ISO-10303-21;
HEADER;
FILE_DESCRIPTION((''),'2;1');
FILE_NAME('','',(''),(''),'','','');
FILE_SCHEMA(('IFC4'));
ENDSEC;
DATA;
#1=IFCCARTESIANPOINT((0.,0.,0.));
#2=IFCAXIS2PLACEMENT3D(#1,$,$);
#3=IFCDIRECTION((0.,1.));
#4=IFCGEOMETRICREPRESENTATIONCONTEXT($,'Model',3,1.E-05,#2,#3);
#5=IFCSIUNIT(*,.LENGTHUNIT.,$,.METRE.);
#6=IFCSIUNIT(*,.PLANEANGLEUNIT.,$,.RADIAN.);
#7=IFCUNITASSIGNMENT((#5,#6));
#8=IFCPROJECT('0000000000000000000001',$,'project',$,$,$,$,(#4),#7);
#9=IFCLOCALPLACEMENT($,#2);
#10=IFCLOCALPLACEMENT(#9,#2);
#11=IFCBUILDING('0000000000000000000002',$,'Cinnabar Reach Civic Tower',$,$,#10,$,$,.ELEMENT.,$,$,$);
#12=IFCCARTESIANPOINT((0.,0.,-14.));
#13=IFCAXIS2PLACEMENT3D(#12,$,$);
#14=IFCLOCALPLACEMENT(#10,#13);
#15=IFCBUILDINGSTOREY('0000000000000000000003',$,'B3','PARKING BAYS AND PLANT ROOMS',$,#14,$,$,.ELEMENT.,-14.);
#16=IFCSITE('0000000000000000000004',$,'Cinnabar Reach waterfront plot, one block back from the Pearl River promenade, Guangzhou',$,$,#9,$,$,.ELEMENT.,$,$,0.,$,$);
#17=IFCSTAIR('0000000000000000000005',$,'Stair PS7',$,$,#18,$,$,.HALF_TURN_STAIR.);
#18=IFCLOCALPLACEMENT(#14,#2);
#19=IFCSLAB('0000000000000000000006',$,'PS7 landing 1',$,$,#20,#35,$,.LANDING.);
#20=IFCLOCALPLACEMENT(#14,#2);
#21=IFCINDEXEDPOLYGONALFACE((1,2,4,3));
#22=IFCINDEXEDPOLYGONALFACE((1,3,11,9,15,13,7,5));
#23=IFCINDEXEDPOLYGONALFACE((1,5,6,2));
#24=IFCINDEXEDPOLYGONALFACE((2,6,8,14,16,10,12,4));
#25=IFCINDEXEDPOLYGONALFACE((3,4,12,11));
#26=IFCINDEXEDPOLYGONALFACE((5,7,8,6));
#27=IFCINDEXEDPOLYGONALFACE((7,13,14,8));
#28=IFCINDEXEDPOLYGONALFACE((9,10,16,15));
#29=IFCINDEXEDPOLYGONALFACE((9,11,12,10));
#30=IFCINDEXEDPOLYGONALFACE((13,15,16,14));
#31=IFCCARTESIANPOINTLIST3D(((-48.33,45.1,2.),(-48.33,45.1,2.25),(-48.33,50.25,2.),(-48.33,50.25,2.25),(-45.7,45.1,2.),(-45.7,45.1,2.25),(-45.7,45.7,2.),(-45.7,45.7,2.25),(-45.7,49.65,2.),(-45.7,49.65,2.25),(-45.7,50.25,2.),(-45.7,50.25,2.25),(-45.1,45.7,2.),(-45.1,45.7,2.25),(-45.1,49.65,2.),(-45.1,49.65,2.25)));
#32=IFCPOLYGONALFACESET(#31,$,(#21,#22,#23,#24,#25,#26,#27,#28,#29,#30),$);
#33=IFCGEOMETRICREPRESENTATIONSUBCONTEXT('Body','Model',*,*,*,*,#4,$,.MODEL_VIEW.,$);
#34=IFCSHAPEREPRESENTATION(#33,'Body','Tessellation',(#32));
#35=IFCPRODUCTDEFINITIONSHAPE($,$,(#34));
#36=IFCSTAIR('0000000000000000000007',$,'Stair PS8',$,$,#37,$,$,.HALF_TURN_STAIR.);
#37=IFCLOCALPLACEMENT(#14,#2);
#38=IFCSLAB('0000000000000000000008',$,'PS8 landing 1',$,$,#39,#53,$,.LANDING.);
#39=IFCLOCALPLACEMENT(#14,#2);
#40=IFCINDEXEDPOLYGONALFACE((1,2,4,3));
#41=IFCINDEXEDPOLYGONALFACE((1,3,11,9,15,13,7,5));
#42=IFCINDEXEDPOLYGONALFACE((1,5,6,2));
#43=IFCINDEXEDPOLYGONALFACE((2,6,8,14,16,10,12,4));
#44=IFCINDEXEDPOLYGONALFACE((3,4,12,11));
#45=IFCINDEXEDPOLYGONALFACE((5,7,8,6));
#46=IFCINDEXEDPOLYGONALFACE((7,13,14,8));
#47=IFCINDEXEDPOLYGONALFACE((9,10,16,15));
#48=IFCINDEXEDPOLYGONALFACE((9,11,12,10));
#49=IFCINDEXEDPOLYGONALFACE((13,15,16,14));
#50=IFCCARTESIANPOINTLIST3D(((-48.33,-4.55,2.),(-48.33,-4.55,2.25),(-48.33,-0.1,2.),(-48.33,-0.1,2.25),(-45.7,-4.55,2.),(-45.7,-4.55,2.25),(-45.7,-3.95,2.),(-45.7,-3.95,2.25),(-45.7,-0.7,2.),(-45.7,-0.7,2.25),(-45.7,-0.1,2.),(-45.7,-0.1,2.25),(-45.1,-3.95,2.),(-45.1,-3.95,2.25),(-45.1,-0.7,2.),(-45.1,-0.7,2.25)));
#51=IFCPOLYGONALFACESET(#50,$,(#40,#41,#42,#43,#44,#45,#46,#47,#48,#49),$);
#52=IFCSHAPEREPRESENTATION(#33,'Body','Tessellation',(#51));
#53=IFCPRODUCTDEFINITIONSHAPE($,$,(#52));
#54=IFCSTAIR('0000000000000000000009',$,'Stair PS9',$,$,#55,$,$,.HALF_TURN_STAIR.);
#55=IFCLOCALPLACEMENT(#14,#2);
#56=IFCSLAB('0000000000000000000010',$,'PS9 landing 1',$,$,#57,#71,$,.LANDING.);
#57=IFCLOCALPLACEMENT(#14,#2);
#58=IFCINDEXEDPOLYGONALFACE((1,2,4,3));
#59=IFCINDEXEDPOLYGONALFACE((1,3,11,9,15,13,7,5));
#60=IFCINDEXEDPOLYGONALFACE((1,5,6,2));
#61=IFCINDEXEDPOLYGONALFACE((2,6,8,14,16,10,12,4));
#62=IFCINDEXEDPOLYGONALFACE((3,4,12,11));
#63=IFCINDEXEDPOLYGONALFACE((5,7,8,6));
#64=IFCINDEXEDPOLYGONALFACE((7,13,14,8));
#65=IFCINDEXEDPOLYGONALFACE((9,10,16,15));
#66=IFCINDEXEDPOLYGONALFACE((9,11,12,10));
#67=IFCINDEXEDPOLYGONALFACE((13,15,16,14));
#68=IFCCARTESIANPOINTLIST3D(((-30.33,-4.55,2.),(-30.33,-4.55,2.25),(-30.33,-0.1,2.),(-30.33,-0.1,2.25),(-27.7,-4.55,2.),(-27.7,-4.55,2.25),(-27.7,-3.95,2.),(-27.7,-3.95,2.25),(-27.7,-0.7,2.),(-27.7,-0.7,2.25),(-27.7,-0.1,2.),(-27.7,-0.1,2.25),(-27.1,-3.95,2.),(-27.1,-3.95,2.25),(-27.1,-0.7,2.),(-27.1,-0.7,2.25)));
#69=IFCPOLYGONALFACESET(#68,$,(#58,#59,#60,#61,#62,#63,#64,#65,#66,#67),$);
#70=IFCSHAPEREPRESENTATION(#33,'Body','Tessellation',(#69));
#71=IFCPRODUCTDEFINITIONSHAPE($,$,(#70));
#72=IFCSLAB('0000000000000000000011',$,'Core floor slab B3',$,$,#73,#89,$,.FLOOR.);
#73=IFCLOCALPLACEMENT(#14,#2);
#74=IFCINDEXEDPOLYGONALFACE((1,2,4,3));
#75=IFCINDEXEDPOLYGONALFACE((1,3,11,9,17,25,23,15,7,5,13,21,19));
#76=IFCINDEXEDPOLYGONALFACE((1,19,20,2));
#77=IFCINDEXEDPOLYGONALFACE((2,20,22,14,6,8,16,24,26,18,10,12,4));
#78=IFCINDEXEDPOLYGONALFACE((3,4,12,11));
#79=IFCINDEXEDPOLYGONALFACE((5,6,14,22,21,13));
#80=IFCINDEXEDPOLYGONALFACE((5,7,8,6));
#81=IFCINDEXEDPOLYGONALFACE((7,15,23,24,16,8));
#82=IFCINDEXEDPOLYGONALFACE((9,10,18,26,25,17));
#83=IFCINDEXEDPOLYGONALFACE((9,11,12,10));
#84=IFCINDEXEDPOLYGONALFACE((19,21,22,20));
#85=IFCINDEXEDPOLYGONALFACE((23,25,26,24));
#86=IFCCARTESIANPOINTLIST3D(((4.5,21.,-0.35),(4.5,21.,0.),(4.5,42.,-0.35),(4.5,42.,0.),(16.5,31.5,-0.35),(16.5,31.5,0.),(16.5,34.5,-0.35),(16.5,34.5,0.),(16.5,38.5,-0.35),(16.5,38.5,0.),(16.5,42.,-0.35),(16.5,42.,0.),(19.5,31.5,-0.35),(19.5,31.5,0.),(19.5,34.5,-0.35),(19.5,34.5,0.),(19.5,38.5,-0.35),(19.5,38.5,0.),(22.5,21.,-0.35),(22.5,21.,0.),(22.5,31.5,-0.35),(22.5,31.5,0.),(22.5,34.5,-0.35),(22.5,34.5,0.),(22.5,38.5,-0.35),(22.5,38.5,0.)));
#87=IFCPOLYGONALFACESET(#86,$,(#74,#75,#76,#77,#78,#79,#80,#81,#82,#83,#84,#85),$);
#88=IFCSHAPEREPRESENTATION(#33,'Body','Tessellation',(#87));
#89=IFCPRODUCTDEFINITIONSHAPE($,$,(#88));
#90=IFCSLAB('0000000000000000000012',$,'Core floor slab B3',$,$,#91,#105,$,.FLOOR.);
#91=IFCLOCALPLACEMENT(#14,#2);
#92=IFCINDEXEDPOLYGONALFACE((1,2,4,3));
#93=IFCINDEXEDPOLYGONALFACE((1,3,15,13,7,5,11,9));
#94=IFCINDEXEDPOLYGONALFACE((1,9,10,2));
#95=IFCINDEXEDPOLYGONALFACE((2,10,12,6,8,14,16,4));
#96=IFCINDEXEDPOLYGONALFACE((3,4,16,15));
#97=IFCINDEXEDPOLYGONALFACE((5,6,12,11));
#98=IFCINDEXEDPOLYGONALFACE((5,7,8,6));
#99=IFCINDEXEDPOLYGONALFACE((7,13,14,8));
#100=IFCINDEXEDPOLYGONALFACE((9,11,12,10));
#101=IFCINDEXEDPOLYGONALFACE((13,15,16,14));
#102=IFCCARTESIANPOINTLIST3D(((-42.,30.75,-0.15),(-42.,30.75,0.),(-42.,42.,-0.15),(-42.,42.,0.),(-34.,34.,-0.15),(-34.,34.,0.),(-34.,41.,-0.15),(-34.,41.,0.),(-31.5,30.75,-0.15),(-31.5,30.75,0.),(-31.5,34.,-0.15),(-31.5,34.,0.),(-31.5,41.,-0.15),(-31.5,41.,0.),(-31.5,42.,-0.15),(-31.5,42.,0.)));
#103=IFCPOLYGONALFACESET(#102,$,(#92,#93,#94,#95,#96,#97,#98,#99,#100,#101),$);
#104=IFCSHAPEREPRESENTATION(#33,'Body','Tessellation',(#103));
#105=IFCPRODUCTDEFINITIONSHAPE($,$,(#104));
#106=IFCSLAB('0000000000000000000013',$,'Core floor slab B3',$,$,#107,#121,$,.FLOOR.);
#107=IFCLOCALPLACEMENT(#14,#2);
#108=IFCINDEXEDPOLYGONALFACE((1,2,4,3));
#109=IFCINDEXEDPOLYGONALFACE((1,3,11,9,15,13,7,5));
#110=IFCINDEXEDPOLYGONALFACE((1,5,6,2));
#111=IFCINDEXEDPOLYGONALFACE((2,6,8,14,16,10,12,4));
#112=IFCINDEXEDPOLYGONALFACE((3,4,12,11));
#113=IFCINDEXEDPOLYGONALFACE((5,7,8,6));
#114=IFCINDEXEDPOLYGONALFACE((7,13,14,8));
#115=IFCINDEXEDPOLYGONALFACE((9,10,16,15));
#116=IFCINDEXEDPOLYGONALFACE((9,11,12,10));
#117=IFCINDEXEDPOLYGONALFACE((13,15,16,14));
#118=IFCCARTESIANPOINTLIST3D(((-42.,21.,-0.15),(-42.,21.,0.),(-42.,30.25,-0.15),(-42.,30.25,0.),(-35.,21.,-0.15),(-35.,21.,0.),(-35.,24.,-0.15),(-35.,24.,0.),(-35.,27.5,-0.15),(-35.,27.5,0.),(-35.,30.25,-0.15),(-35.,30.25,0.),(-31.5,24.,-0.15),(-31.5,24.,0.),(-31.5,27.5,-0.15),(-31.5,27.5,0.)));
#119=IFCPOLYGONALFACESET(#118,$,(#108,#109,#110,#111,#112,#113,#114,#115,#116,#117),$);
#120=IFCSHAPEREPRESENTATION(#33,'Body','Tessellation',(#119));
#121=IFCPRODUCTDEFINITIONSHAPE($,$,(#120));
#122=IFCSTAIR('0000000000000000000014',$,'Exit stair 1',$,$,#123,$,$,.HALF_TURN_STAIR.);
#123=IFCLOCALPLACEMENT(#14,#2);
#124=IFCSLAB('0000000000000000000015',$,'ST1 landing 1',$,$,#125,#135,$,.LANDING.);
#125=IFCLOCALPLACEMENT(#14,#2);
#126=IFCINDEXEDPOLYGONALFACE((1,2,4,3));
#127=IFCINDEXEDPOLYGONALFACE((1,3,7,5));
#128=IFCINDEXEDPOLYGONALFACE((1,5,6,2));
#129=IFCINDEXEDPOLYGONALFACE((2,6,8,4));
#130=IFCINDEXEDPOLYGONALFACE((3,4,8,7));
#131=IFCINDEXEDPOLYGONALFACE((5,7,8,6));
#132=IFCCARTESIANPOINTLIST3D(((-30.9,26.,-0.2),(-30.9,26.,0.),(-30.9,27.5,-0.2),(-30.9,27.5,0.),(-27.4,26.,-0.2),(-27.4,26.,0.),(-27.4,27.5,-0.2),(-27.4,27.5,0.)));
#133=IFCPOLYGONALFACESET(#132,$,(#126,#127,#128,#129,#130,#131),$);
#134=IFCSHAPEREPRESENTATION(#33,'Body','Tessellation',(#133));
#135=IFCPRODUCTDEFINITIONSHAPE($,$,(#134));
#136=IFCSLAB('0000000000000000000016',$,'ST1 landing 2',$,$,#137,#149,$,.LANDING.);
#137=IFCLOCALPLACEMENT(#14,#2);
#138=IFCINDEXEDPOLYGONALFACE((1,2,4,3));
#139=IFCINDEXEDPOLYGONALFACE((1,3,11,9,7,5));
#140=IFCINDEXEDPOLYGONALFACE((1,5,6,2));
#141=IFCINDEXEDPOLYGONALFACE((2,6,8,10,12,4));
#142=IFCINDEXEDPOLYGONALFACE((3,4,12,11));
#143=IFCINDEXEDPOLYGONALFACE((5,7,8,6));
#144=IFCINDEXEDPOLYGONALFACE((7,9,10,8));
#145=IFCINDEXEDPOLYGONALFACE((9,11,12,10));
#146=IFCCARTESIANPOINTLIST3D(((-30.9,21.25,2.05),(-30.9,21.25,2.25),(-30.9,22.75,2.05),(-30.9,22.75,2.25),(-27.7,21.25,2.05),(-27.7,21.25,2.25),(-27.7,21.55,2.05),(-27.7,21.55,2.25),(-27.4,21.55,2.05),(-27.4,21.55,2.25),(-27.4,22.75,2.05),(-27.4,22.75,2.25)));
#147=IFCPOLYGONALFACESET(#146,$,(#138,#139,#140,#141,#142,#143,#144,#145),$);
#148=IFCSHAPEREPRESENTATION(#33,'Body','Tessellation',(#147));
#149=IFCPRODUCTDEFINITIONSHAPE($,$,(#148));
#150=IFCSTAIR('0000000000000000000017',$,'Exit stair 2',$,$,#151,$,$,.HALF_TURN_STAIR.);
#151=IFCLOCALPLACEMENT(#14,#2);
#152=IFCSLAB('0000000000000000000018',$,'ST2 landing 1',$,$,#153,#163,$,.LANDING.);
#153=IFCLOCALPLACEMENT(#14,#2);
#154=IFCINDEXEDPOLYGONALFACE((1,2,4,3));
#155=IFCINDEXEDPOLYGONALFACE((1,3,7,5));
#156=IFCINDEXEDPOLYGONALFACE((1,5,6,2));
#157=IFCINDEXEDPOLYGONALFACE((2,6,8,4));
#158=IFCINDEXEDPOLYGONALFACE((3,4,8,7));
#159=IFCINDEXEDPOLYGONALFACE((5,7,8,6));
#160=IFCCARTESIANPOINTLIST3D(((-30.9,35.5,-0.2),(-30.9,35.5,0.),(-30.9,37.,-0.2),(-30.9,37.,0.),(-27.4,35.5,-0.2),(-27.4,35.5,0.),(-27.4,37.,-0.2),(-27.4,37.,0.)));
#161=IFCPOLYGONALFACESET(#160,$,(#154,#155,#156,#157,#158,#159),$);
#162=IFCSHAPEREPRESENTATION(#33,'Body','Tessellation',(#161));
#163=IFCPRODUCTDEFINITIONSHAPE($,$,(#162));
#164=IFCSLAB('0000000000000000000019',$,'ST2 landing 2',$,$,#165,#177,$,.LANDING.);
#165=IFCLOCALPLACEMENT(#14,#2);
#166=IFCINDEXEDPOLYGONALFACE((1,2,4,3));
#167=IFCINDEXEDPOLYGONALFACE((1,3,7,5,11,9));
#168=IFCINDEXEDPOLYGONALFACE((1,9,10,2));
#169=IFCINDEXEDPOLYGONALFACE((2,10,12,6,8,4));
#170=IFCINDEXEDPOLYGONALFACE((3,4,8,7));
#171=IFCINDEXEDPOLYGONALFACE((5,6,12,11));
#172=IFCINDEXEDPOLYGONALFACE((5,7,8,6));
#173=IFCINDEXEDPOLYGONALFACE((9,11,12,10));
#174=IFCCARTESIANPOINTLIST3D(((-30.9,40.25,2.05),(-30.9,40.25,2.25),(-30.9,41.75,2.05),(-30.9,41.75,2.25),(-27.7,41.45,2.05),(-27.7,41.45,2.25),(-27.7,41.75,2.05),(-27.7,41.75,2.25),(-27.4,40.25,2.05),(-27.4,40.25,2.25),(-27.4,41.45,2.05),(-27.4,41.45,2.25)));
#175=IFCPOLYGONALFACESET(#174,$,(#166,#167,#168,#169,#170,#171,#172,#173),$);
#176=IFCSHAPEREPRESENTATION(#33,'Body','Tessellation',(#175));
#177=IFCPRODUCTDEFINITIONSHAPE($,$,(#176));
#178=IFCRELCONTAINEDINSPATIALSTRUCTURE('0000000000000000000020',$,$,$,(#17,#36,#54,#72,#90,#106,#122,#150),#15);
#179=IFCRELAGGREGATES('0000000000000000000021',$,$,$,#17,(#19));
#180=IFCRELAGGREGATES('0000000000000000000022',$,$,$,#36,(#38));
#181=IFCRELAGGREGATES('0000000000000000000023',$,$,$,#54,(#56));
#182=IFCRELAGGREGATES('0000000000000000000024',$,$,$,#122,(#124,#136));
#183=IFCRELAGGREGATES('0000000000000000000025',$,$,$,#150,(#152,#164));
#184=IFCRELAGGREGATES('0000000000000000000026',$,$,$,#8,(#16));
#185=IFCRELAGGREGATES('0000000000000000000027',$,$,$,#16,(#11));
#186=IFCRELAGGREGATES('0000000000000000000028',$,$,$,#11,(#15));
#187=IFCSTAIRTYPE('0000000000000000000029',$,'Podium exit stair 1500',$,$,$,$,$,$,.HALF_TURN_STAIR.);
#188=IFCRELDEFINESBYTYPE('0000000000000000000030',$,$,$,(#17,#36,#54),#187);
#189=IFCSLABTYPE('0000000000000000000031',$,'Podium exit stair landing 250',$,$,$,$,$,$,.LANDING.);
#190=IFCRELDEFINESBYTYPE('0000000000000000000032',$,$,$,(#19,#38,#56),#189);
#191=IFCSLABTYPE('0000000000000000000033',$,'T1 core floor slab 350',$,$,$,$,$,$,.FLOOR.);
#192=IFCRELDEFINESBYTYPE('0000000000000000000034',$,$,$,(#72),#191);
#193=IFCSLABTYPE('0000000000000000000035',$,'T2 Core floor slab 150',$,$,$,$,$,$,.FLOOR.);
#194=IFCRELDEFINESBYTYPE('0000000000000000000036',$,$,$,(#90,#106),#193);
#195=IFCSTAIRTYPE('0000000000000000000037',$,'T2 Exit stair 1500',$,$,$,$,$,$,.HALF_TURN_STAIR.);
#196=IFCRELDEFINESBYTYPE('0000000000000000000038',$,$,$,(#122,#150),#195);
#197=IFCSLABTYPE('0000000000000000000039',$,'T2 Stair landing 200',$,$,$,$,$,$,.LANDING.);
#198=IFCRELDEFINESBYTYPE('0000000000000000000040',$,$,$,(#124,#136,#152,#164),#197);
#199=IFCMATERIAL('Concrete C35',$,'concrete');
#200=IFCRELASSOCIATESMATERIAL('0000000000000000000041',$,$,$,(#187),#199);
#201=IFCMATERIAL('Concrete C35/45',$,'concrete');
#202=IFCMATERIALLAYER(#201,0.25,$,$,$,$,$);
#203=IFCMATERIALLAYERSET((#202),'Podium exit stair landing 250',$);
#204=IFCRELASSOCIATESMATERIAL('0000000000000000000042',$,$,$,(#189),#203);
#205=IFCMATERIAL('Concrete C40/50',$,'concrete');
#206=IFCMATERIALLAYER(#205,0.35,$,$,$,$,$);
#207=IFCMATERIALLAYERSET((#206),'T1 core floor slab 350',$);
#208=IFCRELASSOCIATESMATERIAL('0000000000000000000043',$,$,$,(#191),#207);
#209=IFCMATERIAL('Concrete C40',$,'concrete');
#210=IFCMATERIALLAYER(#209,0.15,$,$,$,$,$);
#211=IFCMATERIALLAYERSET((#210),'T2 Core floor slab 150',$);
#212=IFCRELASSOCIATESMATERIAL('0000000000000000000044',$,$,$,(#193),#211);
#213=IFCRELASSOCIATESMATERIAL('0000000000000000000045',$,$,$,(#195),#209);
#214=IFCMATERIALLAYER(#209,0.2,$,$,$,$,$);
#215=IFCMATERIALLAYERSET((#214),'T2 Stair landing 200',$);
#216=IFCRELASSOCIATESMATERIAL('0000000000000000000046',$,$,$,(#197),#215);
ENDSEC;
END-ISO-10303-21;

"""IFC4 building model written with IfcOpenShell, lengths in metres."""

from ifc_helpers import new_model, si_unit, direction, frame, origin, place, context, subcontext, project, spatial, polyline, outline, extrude, material, layer, layer_set, type_object, element, aggregate, save


model = new_model("IFC4")

# Units and contexts
model_context = context("Model", 3, precision=1e-05, world=origin(), true_north=direction((0.0, 1.0)))
body_context = subcontext(model_context, "Body", "Model", "MODEL_VIEW")
ifc_project = project(units=[si_unit("LENGTHUNIT", "METRE"), si_unit("PLANEANGLEUNIT", "RADIAN")], contexts=[model_context])

# Site, building, storey
site_placement = place(None, origin())
site = spatial("IfcSite", under=ifc_project, at=site_placement, Name="Cinnabar Reach waterfront plot, one block back from the Pearl River promenade, Guangzhou", CompositionType="ELEMENT", RefElevation=0.0)
building_placement = place(site_placement, origin())
building = spatial("IfcBuilding", under=site, at=building_placement, Name="Cinnabar Reach Civic Tower", CompositionType="ELEMENT")
storey_placement = place(building_placement, frame((0.0, 0.0, -14.0)))
storey = spatial("IfcBuildingStorey", under=building, at=storey_placement, Name="B3", Description="PARKING BAYS AND PLANT ROOMS", CompositionType="ELEMENT", Elevation=-14.0)

# Shared definitions
ifc_material_1 = material(Name="Concrete C40", Category="concrete")

# Stairs, slabs
ifc_material_2 = material(Name="Concrete C35", Category="concrete")
stair_type_1 = type_object("IfcStairType", Name="Podium exit stair 1500", PredefinedType="HALF_TURN_STAIR", material=ifc_material_2)
ifc_material_3 = material(Name="Concrete C35/45", Category="concrete")
ifc_layer_1 = layer(ifc_material_3, 0.25)
ifc_layer_set_1 = layer_set([ifc_layer_1], Name="Podium exit stair landing 250")
slab_type_1 = type_object("IfcSlabType", Name="Podium exit stair landing 250", PredefinedType="LANDING", material=ifc_layer_set_1)
stair_1_placement = place(storey_placement, origin())
stair_1 = element("IfcStair", 1, at=stair_1_placement, inside=storey, type_object=stair_type_1, Name="Stair PS7", PredefinedType="HALF_TURN_STAIR")
slab_1_placement = place(storey_placement, frame((0.0, 0.0, 2.0)))
slab_1 = element("IfcSlab", 2, at=slab_1_placement, type_object=slab_type_1, Name="PS7 landing 1", PredefinedType="LANDING", context=body_context, shape_type="SweptSolid", body=[
    extrude(outline(polyline([(-45.1, 45.7), (-45.7, 45.7), (-45.7, 45.1), (-48.33, 45.1), (-48.33, 50.25), (-45.7, 50.25), (-45.7, 49.65), (-45.1, 49.65), (-45.1, 45.7)])), origin(), (0.0, 0.0, 1.0), 0.25),
])
aggregate(stair_1, [slab_1])
stair_2_placement = place(storey_placement, origin())
stair_2 = element("IfcStair", 3, at=stair_2_placement, inside=storey, type_object=stair_type_1, Name="Stair PS8", PredefinedType="HALF_TURN_STAIR")
slab_2_placement = place(storey_placement, frame((0.0, 0.0, 2.0)))
slab_2 = element("IfcSlab", 4, at=slab_2_placement, type_object=slab_type_1, Name="PS8 landing 1", PredefinedType="LANDING", context=body_context, shape_type="SweptSolid", body=[
    extrude(outline(polyline([(-45.1, -3.95), (-45.7, -3.95), (-45.7, -4.55), (-48.33, -4.55), (-48.33, -0.1), (-45.7, -0.1), (-45.7, -0.7), (-45.1, -0.7), (-45.1, -3.95)])), origin(), (0.0, 0.0, 1.0), 0.25),
])
aggregate(stair_2, [slab_2])
stair_3_placement = place(storey_placement, origin())
stair_3 = element("IfcStair", 5, at=stair_3_placement, inside=storey, type_object=stair_type_1, Name="Stair PS9", PredefinedType="HALF_TURN_STAIR")
slab_3_placement = place(storey_placement, frame((0.0, 0.0, 2.0)))
slab_3 = element("IfcSlab", 6, at=slab_3_placement, type_object=slab_type_1, Name="PS9 landing 1", PredefinedType="LANDING", context=body_context, shape_type="SweptSolid", body=[
    extrude(outline(polyline([(-27.1, -3.95), (-27.7, -3.95), (-27.7, -4.55), (-30.33, -4.55), (-30.33, -0.1), (-27.7, -0.1), (-27.7, -0.7), (-27.1, -0.7), (-27.1, -3.95)])), origin(), (0.0, 0.0, 1.0), 0.25),
])
aggregate(stair_3, [slab_3])

# Slabs
ifc_material_4 = material(Name="Concrete C40/50", Category="concrete")
ifc_layer_2 = layer(ifc_material_4, 0.35)
ifc_layer_set_2 = layer_set([ifc_layer_2], Name="T1 core floor slab 350")
slab_type_2 = type_object("IfcSlabType", Name="T1 core floor slab 350", PredefinedType="FLOOR", material=ifc_layer_set_2)
slab_4_placement = place(storey_placement, frame((0.0, 0.0, -0.35)))
element("IfcSlab", 7, at=slab_4_placement, inside=storey, type_object=slab_type_2, Name="Core floor slab B3", PredefinedType="FLOOR", context=body_context, shape_type="SweptSolid", body=[
    extrude(outline(polyline([(22.5, 21.0), (4.5, 21.0), (4.5, 42.0), (16.5, 42.0), (16.5, 38.5), (19.5, 38.5), (22.5, 38.5), (22.5, 34.5), (19.5, 34.5), (16.5, 34.5), (16.5, 31.5), (19.5, 31.5), (22.5, 31.5), (22.5, 21.0)])), origin(), (0.0, 0.0, 1.0), 0.35),
])
ifc_layer_3 = layer(ifc_material_1, 0.15)
ifc_layer_set_3 = layer_set([ifc_layer_3], Name="T2 Core floor slab 150")
slab_type_3 = type_object("IfcSlabType", Name="T2 Core floor slab 150", PredefinedType="FLOOR", material=ifc_layer_set_3)
slab_5_placement = place(storey_placement, frame((0.0, 0.0, -0.15)))
element("IfcSlab", 8, at=slab_5_placement, inside=storey, type_object=slab_type_3, Name="Core floor slab B3", PredefinedType="FLOOR", context=body_context, shape_type="SweptSolid", body=[
    extrude(outline(polyline([(-42.0, 42.0), (-31.5, 42.0), (-31.5, 41.0), (-34.0, 41.0), (-34.0, 34.0), (-31.5, 34.0), (-31.5, 30.75), (-42.0, 30.75), (-42.0, 42.0)])), origin(), (0.0, 0.0, 1.0), 0.15),
])
slab_6_placement = place(storey_placement, frame((0.0, 0.0, -0.15)))
element("IfcSlab", 9, at=slab_6_placement, inside=storey, type_object=slab_type_3, Name="Core floor slab B3", PredefinedType="FLOOR", context=body_context, shape_type="SweptSolid", body=[
    extrude(outline(polyline([(-35.0, 24.0), (-35.0, 21.0), (-42.0, 21.0), (-42.0, 30.25), (-35.0, 30.25), (-35.0, 27.5), (-31.5, 27.5), (-31.5, 24.0), (-35.0, 24.0)])), origin(), (0.0, 0.0, 1.0), 0.15),
])

# Stairs, slabs
stair_type_2 = type_object("IfcStairType", Name="T2 Exit stair 1500", PredefinedType="HALF_TURN_STAIR", material=ifc_material_1)
stair_4_placement = place(storey_placement, origin())
stair_4 = element("IfcStair", 10, at=stair_4_placement, inside=storey, type_object=stair_type_2, Name="Exit stair 1", PredefinedType="HALF_TURN_STAIR")
ifc_layer_4 = layer(ifc_material_1, 0.2)
ifc_layer_set_4 = layer_set([ifc_layer_4], Name="T2 Stair landing 200")
slab_type_4 = type_object("IfcSlabType", Name="T2 Stair landing 200", PredefinedType="LANDING", material=ifc_layer_set_4)
slab_7_placement = place(storey_placement, frame((0.0, 0.0, -0.2)))
slab_7 = element("IfcSlab", 11, at=slab_7_placement, type_object=slab_type_4, Name="ST1 landing 1", PredefinedType="LANDING", context=body_context, shape_type="SweptSolid", body=[
    extrude(outline(polyline([(-30.9, 26.0), (-30.9, 27.5), (-27.4, 27.5), (-27.4, 26.0), (-30.9, 26.0)])), origin(), (0.0, 0.0, 1.0), 0.2),
])
slab_8_placement = place(storey_placement, frame((0.0, 0.0, 2.05)))
slab_8 = element("IfcSlab", 12, at=slab_8_placement, type_object=slab_type_4, Name="ST1 landing 2", PredefinedType="LANDING", context=body_context, shape_type="SweptSolid", body=[
    extrude(outline(polyline([(-30.9, 21.25), (-30.9, 22.75), (-27.4, 22.75), (-27.4, 21.55), (-27.7, 21.55), (-27.7, 21.25), (-30.9, 21.25)])), origin(), (0.0, 0.0, 1.0), 0.2),
])
aggregate(stair_4, [slab_7, slab_8])
stair_5_placement = place(storey_placement, origin())
stair_5 = element("IfcStair", 13, at=stair_5_placement, inside=storey, type_object=stair_type_2, Name="Exit stair 2", PredefinedType="HALF_TURN_STAIR")
slab_9_placement = place(storey_placement, frame((0.0, 0.0, -0.2)))
slab_9 = element("IfcSlab", 14, at=slab_9_placement, type_object=slab_type_4, Name="ST2 landing 1", PredefinedType="LANDING", context=body_context, shape_type="SweptSolid", body=[
    extrude(outline(polyline([(-30.9, 35.5), (-30.9, 37.0), (-27.4, 37.0), (-27.4, 35.5), (-30.9, 35.5)])), origin(), (0.0, 0.0, 1.0), 0.2),
])
slab_10_placement = place(storey_placement, frame((0.0, 0.0, 2.05)))
slab_10 = element("IfcSlab", 15, at=slab_10_placement, type_object=slab_type_4, Name="ST2 landing 2", PredefinedType="LANDING", context=body_context, shape_type="SweptSolid", body=[
    extrude(outline(polyline([(-27.4, 40.25), (-30.9, 40.25), (-30.9, 41.75), (-27.7, 41.75), (-27.7, 41.45), (-27.4, 41.45), (-27.4, 40.25)])), origin(), (0.0, 0.0, 1.0), 0.2),
])
aggregate(stair_5, [slab_9, slab_10])

save(model, "model.ifc")
